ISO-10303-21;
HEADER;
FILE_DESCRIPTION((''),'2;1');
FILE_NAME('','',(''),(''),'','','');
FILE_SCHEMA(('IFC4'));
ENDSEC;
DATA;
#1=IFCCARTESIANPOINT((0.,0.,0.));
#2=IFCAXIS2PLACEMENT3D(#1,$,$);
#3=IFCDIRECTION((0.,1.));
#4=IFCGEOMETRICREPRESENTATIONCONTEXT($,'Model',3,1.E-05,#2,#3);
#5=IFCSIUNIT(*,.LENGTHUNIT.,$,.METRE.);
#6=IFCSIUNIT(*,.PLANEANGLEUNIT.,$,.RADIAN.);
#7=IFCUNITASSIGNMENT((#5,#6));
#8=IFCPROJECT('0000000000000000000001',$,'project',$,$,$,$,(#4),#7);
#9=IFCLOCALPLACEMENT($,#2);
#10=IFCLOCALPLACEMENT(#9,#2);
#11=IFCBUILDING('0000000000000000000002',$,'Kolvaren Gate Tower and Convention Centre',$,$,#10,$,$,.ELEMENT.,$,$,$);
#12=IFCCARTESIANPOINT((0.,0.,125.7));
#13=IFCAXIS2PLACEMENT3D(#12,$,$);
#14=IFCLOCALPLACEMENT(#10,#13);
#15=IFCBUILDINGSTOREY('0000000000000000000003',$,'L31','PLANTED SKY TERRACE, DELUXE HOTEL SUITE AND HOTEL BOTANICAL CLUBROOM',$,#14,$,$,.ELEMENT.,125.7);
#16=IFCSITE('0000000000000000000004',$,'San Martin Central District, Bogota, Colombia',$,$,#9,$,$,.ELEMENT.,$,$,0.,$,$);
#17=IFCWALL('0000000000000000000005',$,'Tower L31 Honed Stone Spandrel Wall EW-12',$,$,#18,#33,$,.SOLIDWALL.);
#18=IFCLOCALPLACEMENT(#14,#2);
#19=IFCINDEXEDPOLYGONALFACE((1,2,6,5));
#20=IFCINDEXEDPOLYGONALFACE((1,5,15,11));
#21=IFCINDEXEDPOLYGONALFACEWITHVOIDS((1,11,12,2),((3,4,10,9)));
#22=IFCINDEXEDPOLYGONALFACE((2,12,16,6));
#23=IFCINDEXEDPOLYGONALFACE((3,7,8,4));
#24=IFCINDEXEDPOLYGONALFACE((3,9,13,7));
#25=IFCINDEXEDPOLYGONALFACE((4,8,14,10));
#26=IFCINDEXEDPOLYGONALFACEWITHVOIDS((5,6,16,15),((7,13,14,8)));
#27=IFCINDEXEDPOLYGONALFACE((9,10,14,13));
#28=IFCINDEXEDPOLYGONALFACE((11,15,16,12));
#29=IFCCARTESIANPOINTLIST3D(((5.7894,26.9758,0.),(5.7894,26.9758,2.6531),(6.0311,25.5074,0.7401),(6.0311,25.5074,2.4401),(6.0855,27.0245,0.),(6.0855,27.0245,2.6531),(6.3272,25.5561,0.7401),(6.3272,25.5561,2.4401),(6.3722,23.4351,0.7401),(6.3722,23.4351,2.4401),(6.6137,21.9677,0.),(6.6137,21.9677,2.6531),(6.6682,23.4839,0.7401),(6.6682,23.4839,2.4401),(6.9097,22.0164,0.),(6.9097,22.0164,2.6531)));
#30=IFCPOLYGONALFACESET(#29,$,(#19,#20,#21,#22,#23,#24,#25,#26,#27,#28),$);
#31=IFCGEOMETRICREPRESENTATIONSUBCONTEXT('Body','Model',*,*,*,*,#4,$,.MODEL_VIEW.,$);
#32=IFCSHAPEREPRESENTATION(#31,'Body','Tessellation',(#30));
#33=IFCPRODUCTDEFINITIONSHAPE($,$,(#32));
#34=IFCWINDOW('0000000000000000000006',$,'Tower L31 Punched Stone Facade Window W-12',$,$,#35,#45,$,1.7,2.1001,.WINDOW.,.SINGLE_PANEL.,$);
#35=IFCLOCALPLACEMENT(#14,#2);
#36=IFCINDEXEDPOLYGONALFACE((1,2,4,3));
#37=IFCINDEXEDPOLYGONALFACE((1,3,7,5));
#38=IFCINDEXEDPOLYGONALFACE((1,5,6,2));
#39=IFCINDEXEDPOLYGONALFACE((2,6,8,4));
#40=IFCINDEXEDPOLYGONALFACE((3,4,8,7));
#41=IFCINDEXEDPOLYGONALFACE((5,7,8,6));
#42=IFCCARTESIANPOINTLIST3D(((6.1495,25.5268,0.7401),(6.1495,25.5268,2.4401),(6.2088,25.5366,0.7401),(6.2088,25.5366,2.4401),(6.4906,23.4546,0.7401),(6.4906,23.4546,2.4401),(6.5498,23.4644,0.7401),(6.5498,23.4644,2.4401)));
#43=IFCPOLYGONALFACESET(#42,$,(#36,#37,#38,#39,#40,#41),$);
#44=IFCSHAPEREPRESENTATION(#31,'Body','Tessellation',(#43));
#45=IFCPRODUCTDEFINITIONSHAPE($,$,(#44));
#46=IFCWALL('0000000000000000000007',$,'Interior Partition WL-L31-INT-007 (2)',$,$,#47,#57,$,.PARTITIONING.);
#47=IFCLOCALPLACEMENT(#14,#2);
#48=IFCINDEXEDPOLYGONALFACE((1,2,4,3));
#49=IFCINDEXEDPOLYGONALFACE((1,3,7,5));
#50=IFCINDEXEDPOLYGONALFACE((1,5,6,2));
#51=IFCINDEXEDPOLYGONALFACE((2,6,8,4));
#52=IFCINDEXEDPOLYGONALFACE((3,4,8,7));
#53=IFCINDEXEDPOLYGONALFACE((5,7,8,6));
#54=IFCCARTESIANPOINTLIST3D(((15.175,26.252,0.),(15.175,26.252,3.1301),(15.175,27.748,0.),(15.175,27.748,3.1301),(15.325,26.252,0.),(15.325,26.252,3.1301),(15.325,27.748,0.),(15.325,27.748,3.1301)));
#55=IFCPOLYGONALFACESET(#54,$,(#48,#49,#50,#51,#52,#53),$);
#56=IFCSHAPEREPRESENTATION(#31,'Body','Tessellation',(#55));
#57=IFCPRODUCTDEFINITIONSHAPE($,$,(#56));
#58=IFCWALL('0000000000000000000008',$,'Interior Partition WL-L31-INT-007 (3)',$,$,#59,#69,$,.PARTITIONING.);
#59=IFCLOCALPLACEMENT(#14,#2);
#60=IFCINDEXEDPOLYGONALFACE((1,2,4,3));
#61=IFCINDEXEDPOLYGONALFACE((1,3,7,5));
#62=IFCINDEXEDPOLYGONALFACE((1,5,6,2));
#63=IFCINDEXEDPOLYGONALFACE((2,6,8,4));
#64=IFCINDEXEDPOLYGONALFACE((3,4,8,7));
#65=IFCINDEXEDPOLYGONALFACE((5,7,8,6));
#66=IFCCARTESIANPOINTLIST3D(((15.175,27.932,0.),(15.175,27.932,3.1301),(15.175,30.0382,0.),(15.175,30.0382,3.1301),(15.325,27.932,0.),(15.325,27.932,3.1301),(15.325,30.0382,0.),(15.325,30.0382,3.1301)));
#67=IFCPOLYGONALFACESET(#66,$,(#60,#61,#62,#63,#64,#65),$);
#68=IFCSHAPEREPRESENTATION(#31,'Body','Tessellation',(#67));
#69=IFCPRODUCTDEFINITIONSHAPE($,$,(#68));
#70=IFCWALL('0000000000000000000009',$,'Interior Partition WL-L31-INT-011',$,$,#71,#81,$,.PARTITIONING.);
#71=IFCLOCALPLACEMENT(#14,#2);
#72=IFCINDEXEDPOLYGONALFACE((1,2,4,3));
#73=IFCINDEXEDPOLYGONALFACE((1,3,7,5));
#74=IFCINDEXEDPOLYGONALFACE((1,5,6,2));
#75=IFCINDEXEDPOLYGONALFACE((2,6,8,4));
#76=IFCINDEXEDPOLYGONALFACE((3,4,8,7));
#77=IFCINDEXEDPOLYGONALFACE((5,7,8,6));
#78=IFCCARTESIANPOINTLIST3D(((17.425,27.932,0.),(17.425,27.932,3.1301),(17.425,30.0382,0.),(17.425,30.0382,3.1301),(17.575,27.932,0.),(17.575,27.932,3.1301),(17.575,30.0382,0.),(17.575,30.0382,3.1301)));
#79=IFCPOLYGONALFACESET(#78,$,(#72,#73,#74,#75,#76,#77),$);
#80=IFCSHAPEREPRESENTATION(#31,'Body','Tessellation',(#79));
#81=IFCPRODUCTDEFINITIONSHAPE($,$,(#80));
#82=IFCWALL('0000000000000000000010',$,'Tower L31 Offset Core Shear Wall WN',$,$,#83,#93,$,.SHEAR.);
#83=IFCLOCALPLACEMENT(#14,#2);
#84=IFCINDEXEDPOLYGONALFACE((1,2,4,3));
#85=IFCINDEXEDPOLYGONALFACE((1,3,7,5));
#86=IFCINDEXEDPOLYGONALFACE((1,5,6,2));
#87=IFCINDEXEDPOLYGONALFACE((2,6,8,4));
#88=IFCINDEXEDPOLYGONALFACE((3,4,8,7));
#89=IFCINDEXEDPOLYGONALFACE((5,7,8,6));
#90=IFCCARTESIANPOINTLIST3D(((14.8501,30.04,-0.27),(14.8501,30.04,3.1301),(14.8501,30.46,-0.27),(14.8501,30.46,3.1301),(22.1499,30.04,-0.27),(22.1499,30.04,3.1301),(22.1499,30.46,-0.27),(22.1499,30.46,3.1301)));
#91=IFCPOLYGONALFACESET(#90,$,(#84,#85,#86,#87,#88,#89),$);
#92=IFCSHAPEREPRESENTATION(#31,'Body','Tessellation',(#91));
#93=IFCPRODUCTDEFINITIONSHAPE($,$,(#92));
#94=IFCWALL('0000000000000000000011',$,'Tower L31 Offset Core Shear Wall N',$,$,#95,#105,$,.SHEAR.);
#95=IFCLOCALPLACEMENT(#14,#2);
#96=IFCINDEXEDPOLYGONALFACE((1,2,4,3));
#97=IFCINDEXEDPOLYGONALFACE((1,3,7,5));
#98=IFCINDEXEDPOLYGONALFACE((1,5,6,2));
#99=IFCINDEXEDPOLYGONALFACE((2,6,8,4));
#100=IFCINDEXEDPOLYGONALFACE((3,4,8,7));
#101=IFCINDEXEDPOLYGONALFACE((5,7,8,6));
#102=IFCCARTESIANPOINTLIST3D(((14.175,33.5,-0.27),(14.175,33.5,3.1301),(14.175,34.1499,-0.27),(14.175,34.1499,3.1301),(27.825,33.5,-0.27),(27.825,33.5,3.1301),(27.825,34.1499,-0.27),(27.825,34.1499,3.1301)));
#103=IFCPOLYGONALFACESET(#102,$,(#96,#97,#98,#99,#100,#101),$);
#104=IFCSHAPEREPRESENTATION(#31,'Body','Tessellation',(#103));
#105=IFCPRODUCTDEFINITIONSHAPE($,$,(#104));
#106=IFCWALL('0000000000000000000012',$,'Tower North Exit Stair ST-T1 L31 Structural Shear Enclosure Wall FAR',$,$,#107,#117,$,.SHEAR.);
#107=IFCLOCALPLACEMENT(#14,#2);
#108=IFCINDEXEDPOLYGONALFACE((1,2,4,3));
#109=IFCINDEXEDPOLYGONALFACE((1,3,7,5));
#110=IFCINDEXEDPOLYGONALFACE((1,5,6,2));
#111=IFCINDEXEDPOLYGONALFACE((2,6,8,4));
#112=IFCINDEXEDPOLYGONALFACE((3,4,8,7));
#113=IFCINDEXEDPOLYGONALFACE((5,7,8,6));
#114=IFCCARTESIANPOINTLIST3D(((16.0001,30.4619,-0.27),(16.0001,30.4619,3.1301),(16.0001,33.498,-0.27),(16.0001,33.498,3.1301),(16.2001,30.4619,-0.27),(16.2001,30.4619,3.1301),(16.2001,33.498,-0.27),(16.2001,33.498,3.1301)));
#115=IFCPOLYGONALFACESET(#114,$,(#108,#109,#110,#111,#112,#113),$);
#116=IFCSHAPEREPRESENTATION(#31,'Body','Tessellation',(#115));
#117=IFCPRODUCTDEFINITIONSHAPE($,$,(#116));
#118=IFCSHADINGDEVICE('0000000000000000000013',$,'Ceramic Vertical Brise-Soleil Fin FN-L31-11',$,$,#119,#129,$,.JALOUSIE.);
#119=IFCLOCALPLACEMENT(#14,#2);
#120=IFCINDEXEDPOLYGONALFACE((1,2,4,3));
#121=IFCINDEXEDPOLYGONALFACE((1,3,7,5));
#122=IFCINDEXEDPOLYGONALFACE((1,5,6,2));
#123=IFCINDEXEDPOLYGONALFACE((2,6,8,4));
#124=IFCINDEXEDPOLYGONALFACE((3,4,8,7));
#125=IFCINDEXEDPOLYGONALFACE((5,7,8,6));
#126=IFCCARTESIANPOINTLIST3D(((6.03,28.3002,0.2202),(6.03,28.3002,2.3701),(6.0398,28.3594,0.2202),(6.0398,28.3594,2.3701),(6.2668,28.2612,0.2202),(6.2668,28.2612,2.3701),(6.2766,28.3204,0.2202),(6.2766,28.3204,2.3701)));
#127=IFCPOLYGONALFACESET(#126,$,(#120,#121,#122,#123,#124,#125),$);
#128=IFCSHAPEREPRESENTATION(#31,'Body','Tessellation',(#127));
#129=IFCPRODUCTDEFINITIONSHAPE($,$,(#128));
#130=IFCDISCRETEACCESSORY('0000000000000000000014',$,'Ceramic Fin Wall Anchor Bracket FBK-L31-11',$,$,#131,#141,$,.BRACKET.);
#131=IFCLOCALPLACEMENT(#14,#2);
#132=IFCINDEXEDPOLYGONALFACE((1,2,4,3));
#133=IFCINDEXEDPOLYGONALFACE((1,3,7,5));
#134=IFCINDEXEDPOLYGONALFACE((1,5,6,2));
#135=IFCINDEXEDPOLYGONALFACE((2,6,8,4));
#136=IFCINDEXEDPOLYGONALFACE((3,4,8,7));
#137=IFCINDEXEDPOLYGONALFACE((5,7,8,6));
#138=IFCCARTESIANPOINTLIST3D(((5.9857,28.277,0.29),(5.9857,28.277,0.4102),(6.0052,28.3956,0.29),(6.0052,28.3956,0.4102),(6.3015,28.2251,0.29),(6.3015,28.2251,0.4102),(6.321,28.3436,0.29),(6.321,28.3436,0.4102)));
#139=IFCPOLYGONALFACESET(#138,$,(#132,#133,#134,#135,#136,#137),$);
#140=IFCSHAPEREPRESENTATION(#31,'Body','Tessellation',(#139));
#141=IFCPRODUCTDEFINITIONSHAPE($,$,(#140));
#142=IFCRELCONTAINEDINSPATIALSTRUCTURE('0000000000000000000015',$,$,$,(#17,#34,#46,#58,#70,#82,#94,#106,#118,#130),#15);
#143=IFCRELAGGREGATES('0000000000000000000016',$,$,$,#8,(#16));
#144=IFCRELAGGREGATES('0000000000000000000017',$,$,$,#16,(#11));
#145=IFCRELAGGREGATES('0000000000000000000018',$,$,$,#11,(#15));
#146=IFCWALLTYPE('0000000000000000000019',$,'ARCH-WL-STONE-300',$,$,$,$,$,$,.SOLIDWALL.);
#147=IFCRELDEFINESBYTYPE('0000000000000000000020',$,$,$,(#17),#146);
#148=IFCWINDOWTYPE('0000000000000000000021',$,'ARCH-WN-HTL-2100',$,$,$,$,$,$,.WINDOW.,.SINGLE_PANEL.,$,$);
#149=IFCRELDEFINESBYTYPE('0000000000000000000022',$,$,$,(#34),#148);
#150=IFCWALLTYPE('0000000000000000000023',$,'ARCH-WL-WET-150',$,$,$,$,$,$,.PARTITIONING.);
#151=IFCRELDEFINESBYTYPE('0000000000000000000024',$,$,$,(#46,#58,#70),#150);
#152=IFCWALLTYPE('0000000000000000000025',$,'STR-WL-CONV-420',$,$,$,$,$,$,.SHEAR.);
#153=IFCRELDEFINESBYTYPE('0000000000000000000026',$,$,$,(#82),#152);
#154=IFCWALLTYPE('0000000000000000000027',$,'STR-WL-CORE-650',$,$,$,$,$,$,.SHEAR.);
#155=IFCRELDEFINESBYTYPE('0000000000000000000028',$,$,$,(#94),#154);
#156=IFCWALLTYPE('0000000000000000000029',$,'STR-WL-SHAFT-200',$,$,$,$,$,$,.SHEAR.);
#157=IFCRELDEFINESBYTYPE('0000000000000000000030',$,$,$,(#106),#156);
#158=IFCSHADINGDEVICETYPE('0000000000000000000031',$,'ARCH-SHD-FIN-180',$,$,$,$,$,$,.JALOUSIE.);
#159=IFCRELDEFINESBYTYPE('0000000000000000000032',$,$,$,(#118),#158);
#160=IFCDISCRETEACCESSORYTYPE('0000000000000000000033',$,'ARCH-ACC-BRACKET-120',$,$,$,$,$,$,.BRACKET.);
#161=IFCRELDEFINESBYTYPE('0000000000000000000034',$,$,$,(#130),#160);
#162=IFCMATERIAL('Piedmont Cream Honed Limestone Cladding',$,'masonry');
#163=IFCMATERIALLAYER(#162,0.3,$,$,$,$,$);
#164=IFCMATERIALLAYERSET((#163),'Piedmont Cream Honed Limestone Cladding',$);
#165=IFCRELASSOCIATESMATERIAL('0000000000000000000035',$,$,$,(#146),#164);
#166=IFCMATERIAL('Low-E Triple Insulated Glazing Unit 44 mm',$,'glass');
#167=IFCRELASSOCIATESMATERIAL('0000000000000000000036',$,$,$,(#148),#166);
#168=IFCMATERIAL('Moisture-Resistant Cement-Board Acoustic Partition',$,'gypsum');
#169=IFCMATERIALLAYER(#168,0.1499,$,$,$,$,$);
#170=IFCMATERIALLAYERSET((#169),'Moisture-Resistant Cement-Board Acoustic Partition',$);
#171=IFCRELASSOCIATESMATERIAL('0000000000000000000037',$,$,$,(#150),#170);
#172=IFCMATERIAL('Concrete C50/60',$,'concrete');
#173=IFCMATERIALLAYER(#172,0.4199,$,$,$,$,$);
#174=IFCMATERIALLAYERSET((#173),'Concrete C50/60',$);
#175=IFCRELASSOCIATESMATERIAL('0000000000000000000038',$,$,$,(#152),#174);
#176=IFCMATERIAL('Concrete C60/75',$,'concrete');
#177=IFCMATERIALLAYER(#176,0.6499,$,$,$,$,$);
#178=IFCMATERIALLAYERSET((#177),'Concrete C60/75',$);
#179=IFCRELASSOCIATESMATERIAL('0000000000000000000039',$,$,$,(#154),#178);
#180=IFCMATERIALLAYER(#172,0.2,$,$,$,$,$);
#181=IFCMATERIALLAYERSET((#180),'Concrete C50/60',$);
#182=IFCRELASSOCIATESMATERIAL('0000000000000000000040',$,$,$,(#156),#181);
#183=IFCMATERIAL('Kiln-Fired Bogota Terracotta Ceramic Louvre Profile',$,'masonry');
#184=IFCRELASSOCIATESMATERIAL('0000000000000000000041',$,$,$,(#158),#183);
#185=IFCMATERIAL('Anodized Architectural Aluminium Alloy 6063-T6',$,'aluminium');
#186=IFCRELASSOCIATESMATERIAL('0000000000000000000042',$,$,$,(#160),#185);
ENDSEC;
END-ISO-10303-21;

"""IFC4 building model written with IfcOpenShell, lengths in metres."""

from ifc_helpers import new_model, si_unit, direction, frame, frame_2d, origin, origin_2d, place, context, subcontext, project, spatial, rectangle, extrude, material, layer, layer_set, type_object, element, fill, save


model = new_model("IFC4")

# Units and contexts
model_context = context("Model", 3, precision=1e-05, world=origin(), true_north=direction((0.0, 1.0)))
body_context = subcontext(model_context, "Body", "Model", "MODEL_VIEW")
ifc_project = project(units=[si_unit("LENGTHUNIT", "METRE"), si_unit("PLANEANGLEUNIT", "RADIAN")], contexts=[model_context])

# Site, building, storey
site_placement = place(None, origin())
site = spatial("IfcSite", under=ifc_project, at=site_placement, Name="San Martin Central District, Bogota, Colombia", CompositionType="ELEMENT", RefElevation=0.0)
building_placement = place(site_placement, origin())
building = spatial("IfcBuilding", under=site, at=building_placement, Name="Kolvaren Gate Tower and Convention Centre", CompositionType="ELEMENT")
storey_placement = place(building_placement, frame((0.0, 0.0, 125.7)))
storey = spatial("IfcBuildingStorey", under=building, at=storey_placement, Name="L31", Description="PLANTED SKY TERRACE, DELUXE HOTEL SUITE AND HOTEL BOTANICAL CLUBROOM", CompositionType="ELEMENT", Elevation=125.7)

# Shared definitions
ifc_material_1 = material(Name="Concrete C60/75", Category="concrete")

# Shared definitions
ifc_material_2 = material(Name="Piedmont Cream Honed Limestone Cladding", Category="masonry")

# Wall, opening, window
ifc_layer_1 = layer(ifc_material_2, 0.3)
ifc_layer_set_1 = layer_set([ifc_layer_1], Name="Piedmont Cream Honed Limestone Cladding")
wall_type_1 = type_object("IfcWallType", Name="ARCH-WL-STONE-300", PredefinedType="SOLIDWALL", material=ifc_layer_set_1)
ifc_material_3 = material(Name="Low-E Triple Insulated Glazing Unit 44 mm", Category="glass")
window_type = type_object("IfcWindowType", Name="ARCH-WN-HTL-2100", PartitioningType="SINGLE_PANEL", PredefinedType="WINDOW", material=ifc_material_3)
wall_1_placement = place(storey_placement, frame((5.9375, 27.0, 0.0), z_axis=(0.0, 0.0, 1.0), x_axis=(0.162394, -0.986726, 0.0)))
wall_1 = element("IfcWall", 1, at=wall_1_placement, inside=storey, type_object=wall_type_1, Name="Tower L31 Honed Stone Spandrel Wall EW-12", PredefinedType="SOLIDWALL", context=body_context, shape_type="SweptSolid", body=[
    extrude(rectangle(XDim=5.0754, YDim=0.3, at=frame_2d((2.5376, 0.0))), origin(), (0.0, 0.0, 1.0), 2.6531),
])
opening_1_placement = place(wall_1_placement, frame((1.488, 0.0, 0.74)))
opening_1 = element("IfcOpeningElement", 2, at=opening_1_placement, cuts=wall_1, PredefinedType="OPENING", context=body_context, shape_type="SweptSolid", body=[
    extrude(rectangle(XDim=2.1001, YDim=1.7, at=frame_2d((1.05, 0.8501))), frame((0.0, 0.1599, 0.0), z_axis=(0.0, -1.0, 0.0), x_axis=(1.0, 0.0, 0.0)), (0.0, 0.0, 1.0), 0.3201),
])
window_1_placement = place(opening_1_placement, origin())
window_1 = element("IfcWindow", 3, at=window_1_placement, inside=storey, type_object=window_type, Name="Tower L31 Punched Stone Facade Window W-12", OverallHeight=1.7, OverallWidth=2.1001, PartitioningType="SINGLE_PANEL", PredefinedType="WINDOW", context=body_context, shape_type="SweptSolid", body=[
    extrude(rectangle(XDim=2.1001, YDim=1.7, at=frame_2d((1.05, 0.8501))), frame((0.0, 0.03, 0.0), z_axis=(0.0, -1.0, 0.0), x_axis=(1.0, 0.0, 0.0)), (0.0, 0.0, 1.0), 0.0601),
])
fill(opening_1, window_1)

# Walls
ifc_material_4 = material(Name="Moisture-Resistant Cement-Board Acoustic Partition", Category="gypsum")
ifc_layer_2 = layer(ifc_material_4, 0.1499)
ifc_layer_set_2 = layer_set([ifc_layer_2], Name="Moisture-Resistant Cement-Board Acoustic Partition")
wall_type_2 = type_object("IfcWallType", Name="ARCH-WL-WET-150", PredefinedType="PARTITIONING", material=ifc_layer_set_2)
wall_2_placement = place(storey_placement, frame((15.25, 26.252, 0.0), z_axis=(0.0, 0.0, 1.0), x_axis=(0.0, 1.0, 0.0)))
element("IfcWall", 4, at=wall_2_placement, inside=storey, type_object=wall_type_2, Name="Interior Partition WL-L31-INT-007 (2)", PredefinedType="PARTITIONING", context=body_context, shape_type="SweptSolid", body=[
    extrude(rectangle(XDim=1.4961, YDim=0.1499, at=frame_2d((0.748, 0.0))), origin(), (0.0, 0.0, 1.0), 3.1301),
])
for number, where, z_axis, x_axis, name in (
    (5, (15.25, 27.9319, 0.0), (0.0, 0.0, 1.0), (0.0, 1.0, 0.0), "Interior Partition WL-L31-INT-007 (3)"),
    (6, (17.5, 27.9319, 0.0), (0.0, 0.0, 1.0), (0.0, 1.0, 0.0), "Interior Partition WL-L31-INT-011"),
):
    element("IfcWall", number, at=place(storey_placement, frame(where, z_axis=z_axis, x_axis=x_axis)), inside=storey, type_object=wall_type_2, Name=name, PredefinedType="PARTITIONING", context=body_context, shape_type="SweptSolid", body=[
        extrude(rectangle(XDim=2.1062, YDim=0.1499, at=frame_2d((1.0532, 0.0))), origin(), (0.0, 0.0, 1.0), 3.1301),
    ])
ifc_material_5 = material(Name="Concrete C50/60", Category="concrete")
ifc_layer_3 = layer(ifc_material_5, 0.4199)
ifc_layer_set_3 = layer_set([ifc_layer_3], Name="Concrete C50/60")
wall_type_3 = type_object("IfcWallType", Name="STR-WL-CONV-420", PredefinedType="SHEAR", material=ifc_layer_set_3)
wall_3_placement = place(storey_placement, frame((14.8501, 30.25, -0.27), z_axis=(0.0, 0.0, 1.0), x_axis=(1.0, 0.0, 0.0)))
element("IfcWall", 7, at=wall_3_placement, inside=storey, type_object=wall_type_3, Name="Tower L31 Offset Core Shear Wall WN", PredefinedType="SHEAR", context=body_context, shape_type="SweptSolid", body=[
    extrude(rectangle(XDim=7.2998, YDim=0.4199, at=frame_2d((3.6499, 0.0))), origin(), (0.0, 0.0, 1.0), 3.4001),
])
ifc_layer_4 = layer(ifc_material_1, 0.6499)
ifc_layer_set_4 = layer_set([ifc_layer_4], Name="Concrete C60/75")
wall_type_4 = type_object("IfcWallType", Name="STR-WL-CORE-650", PredefinedType="SHEAR", material=ifc_layer_set_4)
wall_4_placement = place(storey_placement, frame((14.175, 33.825, -0.27), z_axis=(0.0, 0.0, 1.0), x_axis=(1.0, 0.0, 0.0)))
element("IfcWall", 8, at=wall_4_placement, inside=storey, type_object=wall_type_4, Name="Tower L31 Offset Core Shear Wall N", PredefinedType="SHEAR", context=body_context, shape_type="SweptSolid", body=[
    extrude(rectangle(XDim=13.6499, YDim=0.6499, at=frame_2d((6.825, 0.0))), origin(), (0.0, 0.0, 1.0), 3.4001),
])
ifc_layer_5 = layer(ifc_material_5, 0.2)
ifc_layer_set_5 = layer_set([ifc_layer_5], Name="Concrete C50/60")
wall_type_5 = type_object("IfcWallType", Name="STR-WL-SHAFT-200", PredefinedType="SHEAR", material=ifc_layer_set_5)
wall_5_placement = place(storey_placement, frame((16.1001, 30.4619, -0.27), z_axis=(0.0, 0.0, 1.0), x_axis=(0.0, 1.0, 0.0)))
element("IfcWall", 9, at=wall_5_placement, inside=storey, type_object=wall_type_5, Name="Tower North Exit Stair ST-T1 L31 Structural Shear Enclosure Wall FAR", PredefinedType="SHEAR", context=body_context, shape_type="SweptSolid", body=[
    extrude(rectangle(XDim=3.0361, YDim=0.2, at=frame_2d((1.5181, 0.0))), origin(), (0.0, 0.0, 1.0), 3.4001),
])

# Shading device
ifc_material_6 = material(Name="Kiln-Fired Bogota Terracotta Ceramic Louvre Profile", Category="masonry")
shading_device_type = type_object("IfcShadingDeviceType", Name="ARCH-SHD-FIN-180", PredefinedType="JALOUSIE", material=ifc_material_6)
shading_device_placement = place(storey_placement, frame((6.1533, 28.3103, 0.2202), z_axis=(0.0, 0.0, 1.0), x_axis=(0.162389, 0.986727, 0.0)))
element("IfcShadingDevice", 10, at=shading_device_placement, inside=storey, type_object=shading_device_type, Name="Ceramic Vertical Brise-Soleil Fin FN-L31-11", PredefinedType="JALOUSIE", context=body_context, shape_type="SweptSolid", body=[
    extrude(rectangle(XDim=0.0601, YDim=0.24, at=origin_2d()), origin(), (0.0, 0.0, 1.0), 2.1499),
])

# Discrete accessory
ifc_material_7 = material(Name="Anodized Architectural Aluminium Alloy 6063-T6", Category="aluminium")
discrete_accessory_type = type_object("IfcDiscreteAccessoryType", Name="ARCH-ACC-BRACKET-120", PredefinedType="BRACKET", material=ifc_material_7)
discrete_accessory_placement = place(storey_placement, frame((6.1533, 28.3103, 0.29), z_axis=(0.0, 0.0, 1.0), x_axis=(0.162389, 0.986727, 0.0)))
element("IfcDiscreteAccessory", 11, at=discrete_accessory_placement, inside=storey, type_object=discrete_accessory_type, Name="Ceramic Fin Wall Anchor Bracket FBK-L31-11", PredefinedType="BRACKET", context=body_context, shape_type="SweptSolid", body=[
    extrude(rectangle(XDim=0.1201, YDim=0.3201, at=origin_2d()), origin(), (0.0, 0.0, 1.0), 0.1201),
])

save(model, "model.ifc")
